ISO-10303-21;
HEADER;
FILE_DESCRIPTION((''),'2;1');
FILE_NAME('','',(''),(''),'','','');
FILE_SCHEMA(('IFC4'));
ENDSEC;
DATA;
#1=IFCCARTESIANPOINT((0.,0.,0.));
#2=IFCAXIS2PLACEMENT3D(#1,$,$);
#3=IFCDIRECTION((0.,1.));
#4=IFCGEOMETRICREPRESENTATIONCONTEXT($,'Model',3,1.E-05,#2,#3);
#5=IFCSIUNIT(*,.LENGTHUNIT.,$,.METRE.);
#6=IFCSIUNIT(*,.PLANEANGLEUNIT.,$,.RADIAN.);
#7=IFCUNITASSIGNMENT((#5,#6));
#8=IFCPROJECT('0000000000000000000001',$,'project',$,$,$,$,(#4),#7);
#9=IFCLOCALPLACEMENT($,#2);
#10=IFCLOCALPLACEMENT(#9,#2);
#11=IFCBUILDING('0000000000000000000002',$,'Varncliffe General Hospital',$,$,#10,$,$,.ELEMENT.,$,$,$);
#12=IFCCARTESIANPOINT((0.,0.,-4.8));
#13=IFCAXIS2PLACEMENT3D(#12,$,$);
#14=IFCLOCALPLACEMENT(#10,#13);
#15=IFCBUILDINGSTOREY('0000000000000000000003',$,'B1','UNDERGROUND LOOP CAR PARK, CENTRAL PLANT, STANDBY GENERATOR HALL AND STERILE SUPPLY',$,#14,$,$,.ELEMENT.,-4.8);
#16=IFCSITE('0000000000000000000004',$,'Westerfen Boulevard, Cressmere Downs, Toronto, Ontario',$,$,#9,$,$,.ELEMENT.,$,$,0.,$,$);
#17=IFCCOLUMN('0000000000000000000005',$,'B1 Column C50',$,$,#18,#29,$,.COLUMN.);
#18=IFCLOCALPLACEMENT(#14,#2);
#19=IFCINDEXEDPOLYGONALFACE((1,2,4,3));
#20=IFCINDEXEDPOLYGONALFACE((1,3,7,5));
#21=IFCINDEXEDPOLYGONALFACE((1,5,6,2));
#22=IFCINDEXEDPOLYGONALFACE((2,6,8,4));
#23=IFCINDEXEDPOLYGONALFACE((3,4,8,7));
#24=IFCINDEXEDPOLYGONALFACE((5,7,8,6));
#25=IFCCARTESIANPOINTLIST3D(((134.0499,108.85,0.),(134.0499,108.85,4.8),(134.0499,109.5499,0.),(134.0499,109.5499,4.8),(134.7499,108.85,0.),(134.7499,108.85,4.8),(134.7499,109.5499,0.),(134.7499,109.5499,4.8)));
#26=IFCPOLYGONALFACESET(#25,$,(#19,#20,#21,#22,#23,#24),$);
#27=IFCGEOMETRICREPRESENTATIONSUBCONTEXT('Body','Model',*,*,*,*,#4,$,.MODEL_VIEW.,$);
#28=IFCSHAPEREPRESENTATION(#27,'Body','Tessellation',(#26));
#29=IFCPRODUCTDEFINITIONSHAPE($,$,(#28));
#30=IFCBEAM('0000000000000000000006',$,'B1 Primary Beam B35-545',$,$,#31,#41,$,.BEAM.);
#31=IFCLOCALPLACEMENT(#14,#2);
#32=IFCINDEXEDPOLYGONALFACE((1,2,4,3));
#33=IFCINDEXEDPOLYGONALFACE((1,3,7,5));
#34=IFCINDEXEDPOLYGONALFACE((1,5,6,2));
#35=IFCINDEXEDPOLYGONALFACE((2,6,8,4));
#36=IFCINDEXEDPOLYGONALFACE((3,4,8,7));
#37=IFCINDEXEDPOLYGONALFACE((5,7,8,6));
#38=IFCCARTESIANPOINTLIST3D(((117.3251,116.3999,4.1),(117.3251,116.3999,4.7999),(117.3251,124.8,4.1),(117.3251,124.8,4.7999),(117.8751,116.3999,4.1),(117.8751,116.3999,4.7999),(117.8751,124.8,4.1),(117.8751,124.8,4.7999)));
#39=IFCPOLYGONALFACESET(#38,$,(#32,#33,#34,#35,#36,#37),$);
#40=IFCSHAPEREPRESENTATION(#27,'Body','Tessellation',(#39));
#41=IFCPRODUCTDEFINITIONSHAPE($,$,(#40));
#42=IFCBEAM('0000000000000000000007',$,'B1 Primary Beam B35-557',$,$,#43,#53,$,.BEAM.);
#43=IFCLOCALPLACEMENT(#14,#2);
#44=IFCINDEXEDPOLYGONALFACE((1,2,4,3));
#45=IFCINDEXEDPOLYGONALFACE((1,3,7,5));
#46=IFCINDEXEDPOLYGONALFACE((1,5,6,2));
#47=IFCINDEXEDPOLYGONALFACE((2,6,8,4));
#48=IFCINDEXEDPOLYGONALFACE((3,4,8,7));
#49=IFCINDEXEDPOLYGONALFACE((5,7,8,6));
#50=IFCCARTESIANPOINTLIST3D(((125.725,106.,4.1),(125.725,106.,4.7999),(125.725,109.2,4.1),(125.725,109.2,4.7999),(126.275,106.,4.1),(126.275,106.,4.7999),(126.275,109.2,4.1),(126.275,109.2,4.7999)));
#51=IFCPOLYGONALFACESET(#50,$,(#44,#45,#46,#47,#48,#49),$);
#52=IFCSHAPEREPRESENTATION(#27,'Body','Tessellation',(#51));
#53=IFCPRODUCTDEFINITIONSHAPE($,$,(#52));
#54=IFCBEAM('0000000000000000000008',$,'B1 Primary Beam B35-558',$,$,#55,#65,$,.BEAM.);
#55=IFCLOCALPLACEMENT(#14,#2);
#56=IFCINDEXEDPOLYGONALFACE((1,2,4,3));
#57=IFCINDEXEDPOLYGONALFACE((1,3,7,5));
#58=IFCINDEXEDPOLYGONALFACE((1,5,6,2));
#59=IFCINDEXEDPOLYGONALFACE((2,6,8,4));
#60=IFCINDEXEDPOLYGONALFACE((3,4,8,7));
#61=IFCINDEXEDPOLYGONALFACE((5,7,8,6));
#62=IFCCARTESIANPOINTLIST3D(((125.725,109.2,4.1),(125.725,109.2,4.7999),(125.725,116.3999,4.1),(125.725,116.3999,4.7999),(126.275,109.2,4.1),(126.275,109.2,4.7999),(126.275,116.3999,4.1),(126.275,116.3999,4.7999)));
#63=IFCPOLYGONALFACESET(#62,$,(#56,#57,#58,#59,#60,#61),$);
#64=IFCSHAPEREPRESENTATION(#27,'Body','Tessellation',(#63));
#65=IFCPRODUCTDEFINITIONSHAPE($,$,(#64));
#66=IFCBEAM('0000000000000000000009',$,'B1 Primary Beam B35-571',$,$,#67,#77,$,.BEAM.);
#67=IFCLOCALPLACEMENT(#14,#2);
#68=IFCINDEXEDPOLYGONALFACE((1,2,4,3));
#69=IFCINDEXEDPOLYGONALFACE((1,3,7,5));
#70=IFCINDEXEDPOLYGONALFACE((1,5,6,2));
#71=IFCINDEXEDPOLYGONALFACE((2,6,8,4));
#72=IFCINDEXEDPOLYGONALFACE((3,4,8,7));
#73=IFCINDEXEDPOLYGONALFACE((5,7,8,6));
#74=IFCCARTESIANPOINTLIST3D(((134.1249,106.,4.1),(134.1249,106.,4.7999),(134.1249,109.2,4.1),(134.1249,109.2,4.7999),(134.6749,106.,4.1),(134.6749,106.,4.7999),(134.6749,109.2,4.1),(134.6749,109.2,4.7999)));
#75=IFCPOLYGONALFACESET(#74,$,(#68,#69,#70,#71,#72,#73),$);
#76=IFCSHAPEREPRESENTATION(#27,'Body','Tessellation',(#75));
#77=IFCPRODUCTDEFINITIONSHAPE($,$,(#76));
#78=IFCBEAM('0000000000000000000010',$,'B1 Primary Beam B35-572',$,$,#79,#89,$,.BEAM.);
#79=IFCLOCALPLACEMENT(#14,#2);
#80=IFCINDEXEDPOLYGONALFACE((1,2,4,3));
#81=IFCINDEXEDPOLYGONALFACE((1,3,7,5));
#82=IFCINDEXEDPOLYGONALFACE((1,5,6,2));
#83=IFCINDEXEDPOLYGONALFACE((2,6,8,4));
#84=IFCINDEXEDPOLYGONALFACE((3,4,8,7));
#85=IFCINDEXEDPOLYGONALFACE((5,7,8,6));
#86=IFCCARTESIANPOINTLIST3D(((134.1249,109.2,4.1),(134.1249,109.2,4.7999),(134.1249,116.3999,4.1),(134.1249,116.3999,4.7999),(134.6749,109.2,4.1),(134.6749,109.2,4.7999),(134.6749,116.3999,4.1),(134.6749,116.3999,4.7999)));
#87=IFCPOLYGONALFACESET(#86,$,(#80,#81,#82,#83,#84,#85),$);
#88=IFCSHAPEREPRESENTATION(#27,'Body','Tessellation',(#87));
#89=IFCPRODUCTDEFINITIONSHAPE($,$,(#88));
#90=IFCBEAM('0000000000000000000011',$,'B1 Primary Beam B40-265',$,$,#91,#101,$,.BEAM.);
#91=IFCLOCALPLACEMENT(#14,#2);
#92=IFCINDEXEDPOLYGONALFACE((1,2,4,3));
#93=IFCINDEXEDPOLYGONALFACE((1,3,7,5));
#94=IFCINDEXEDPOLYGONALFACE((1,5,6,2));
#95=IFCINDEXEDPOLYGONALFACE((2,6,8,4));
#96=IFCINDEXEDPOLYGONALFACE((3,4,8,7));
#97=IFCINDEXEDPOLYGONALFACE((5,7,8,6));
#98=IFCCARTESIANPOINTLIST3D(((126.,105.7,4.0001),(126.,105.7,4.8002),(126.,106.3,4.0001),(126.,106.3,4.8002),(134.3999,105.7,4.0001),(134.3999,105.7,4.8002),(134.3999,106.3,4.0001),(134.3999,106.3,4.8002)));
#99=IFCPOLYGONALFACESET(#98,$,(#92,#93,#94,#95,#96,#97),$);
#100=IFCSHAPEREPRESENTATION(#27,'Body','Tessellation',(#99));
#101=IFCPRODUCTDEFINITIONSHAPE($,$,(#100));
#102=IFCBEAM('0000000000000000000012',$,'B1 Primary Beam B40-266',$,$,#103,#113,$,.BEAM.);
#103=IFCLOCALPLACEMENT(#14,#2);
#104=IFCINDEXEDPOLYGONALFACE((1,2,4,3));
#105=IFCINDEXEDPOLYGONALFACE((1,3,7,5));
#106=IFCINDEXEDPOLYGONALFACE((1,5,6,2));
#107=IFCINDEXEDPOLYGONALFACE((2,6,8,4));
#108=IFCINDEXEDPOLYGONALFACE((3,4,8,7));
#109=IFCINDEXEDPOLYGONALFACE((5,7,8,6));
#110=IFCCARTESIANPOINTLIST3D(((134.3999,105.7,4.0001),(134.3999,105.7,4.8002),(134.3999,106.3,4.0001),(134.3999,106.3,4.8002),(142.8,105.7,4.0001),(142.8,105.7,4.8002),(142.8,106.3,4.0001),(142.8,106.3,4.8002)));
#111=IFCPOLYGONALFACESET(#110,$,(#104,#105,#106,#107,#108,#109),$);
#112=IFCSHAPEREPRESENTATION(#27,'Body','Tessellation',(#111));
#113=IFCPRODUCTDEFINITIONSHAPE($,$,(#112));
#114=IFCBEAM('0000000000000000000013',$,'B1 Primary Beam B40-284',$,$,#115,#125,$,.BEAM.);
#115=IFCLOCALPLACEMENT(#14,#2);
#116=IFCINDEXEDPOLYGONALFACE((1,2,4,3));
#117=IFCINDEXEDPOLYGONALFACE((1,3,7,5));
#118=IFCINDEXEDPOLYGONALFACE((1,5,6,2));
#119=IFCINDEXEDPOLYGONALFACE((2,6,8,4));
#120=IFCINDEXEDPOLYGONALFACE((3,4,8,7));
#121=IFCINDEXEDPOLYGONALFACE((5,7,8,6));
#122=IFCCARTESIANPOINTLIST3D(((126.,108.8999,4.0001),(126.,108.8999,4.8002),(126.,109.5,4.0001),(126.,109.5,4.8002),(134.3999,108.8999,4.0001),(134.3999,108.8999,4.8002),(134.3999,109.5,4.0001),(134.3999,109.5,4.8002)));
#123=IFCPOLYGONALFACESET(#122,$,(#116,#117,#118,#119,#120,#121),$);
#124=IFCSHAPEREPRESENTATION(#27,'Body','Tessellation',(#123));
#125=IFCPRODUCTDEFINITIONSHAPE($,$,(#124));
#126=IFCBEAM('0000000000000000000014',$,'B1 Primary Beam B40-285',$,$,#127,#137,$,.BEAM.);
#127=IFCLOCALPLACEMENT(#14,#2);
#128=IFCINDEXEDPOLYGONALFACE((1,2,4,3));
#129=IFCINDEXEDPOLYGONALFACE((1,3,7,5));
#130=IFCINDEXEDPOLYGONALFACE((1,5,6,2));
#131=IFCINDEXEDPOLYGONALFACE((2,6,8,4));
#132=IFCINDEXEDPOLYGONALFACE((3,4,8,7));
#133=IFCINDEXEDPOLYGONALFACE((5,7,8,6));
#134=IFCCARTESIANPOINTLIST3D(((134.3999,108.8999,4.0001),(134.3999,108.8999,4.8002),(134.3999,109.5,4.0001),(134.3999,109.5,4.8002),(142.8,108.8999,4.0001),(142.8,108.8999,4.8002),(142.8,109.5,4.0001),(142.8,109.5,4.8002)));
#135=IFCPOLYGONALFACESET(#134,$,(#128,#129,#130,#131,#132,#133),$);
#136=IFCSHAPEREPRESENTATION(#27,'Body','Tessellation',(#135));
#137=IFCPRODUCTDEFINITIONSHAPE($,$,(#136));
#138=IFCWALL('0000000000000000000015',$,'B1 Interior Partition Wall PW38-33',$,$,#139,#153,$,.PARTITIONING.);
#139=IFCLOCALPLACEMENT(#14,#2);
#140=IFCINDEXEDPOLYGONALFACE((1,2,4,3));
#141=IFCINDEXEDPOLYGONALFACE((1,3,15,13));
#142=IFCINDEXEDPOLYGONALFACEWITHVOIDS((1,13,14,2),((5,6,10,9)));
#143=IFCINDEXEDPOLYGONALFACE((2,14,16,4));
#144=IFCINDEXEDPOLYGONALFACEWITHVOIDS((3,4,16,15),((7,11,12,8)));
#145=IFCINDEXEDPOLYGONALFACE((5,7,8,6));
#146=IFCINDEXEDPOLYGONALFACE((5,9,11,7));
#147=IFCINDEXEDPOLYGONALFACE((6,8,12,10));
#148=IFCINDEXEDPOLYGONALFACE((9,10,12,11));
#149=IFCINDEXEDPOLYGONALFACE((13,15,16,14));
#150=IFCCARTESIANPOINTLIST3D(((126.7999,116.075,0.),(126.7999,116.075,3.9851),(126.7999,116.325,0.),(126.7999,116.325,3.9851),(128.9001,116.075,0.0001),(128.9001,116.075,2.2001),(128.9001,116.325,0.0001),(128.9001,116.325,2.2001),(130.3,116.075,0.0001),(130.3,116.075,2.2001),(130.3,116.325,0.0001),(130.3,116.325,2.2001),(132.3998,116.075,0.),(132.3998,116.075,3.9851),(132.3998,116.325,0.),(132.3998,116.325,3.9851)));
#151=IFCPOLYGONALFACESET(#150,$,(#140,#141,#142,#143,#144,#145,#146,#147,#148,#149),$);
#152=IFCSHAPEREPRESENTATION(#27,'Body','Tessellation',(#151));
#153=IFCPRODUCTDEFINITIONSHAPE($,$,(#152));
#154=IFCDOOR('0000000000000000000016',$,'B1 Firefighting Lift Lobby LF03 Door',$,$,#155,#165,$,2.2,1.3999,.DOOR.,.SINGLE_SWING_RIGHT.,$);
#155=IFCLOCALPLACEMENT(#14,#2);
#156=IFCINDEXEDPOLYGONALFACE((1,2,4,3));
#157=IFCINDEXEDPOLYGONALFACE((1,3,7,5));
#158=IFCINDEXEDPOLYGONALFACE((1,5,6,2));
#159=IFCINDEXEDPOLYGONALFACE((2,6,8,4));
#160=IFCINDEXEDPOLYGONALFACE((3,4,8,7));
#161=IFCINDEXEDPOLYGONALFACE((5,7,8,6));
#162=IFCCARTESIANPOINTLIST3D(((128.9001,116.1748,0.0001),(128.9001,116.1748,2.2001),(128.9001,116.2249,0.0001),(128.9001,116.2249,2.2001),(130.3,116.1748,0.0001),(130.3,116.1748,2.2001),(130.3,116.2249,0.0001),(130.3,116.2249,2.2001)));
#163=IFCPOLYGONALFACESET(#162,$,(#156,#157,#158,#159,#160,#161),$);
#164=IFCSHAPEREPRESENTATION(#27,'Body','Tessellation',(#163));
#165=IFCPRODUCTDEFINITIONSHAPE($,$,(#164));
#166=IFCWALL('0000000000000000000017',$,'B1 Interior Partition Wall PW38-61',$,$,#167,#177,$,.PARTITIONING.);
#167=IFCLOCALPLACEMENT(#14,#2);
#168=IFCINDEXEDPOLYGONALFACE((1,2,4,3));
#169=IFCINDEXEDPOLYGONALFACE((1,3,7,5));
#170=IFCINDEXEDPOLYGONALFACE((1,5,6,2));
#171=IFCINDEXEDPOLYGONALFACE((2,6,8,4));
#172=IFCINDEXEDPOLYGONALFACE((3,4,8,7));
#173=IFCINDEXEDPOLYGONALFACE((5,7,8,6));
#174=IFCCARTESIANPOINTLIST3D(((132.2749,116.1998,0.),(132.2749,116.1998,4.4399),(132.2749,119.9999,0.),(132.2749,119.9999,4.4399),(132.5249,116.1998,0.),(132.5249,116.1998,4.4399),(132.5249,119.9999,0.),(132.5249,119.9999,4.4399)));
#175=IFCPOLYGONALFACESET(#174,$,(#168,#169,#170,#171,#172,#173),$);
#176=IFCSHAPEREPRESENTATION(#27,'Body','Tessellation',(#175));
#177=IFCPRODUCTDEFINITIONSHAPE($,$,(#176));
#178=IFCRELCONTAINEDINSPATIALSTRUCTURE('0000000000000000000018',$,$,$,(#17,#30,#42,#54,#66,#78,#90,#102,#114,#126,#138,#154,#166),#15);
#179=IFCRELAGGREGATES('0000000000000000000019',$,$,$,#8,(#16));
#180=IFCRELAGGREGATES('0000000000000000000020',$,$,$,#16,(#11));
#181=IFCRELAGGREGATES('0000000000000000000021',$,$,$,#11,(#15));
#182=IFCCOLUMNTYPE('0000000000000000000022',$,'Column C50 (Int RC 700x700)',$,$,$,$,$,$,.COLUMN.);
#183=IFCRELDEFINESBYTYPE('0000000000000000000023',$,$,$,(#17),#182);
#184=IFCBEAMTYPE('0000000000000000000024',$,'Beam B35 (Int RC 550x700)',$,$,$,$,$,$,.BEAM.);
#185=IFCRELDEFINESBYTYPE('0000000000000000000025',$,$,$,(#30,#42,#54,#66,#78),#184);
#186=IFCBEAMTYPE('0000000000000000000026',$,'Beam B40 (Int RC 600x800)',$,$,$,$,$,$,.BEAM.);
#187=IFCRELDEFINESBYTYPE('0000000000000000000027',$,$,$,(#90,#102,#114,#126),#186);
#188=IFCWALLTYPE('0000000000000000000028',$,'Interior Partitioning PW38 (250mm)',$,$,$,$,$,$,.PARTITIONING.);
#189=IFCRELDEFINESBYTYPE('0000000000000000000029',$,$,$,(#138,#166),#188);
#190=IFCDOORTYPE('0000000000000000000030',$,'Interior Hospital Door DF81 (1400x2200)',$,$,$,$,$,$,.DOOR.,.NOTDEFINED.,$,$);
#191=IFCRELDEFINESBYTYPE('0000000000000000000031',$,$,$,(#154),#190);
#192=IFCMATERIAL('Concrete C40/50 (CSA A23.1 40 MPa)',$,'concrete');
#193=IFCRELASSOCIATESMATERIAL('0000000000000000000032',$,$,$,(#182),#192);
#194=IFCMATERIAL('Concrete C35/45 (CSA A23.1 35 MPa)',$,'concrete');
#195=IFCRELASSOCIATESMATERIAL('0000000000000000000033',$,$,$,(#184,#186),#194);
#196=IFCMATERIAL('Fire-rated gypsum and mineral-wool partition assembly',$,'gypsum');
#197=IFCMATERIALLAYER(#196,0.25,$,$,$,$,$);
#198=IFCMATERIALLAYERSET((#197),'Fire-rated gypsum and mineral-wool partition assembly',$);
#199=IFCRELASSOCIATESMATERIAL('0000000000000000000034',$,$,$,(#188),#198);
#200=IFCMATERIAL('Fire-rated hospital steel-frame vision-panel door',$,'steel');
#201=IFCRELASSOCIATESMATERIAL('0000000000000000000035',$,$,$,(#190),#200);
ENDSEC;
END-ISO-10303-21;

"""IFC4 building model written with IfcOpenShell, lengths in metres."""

from ifc_helpers import new_model, si_unit, direction, frame, frame_2d, origin, origin_2d, place, context, subcontext, project, spatial, rectangle, extrude, material, layer, layer_set, material_profile, profile_set, type_object, element, fill, save


model = new_model("IFC4")

# Units and contexts
model_context = context("Model", 3, precision=1e-05, world=origin(), true_north=direction((0.0, 1.0)))
body_context = subcontext(model_context, "Body", "Model", "MODEL_VIEW")
ifc_project = project(units=[si_unit("LENGTHUNIT", "METRE"), si_unit("PLANEANGLEUNIT", "RADIAN")], contexts=[model_context])

# Site, building, storey
site_placement = place(None, origin())
site = spatial("IfcSite", under=ifc_project, at=site_placement, Name="Westerfen Boulevard, Cressmere Downs, Toronto, Ontario", CompositionType="ELEMENT", RefElevation=0.0)
building_placement = place(site_placement, origin())
building = spatial("IfcBuilding", under=site, at=building_placement, Name="Varncliffe General Hospital", CompositionType="ELEMENT")
storey_placement = place(building_placement, frame((0.0, 0.0, -4.8)))
storey = spatial("IfcBuildingStorey", under=building, at=storey_placement, Name="B1", Description="UNDERGROUND LOOP CAR PARK, CENTRAL PLANT, STANDBY GENERATOR HALL AND STERILE SUPPLY", CompositionType="ELEMENT", Elevation=-4.8)

# Shared definitions
ifc_material_1 = material(Name="Concrete C40/50 (CSA A23.1 40 MPa)", Category="concrete")

# Column
ifc_material_profile_1 = material_profile(ifc_material_1, rectangle(XDim=0.7, YDim=0.7, at=origin_2d()), Name="RC 700x700")
ifc_profile_set_1 = profile_set([ifc_material_profile_1], Name="Concrete C40/50 (CSA A23.1 40 MPa)")
column_type = type_object("IfcColumnType", Name="Column C50 (Int RC 700x700)", PredefinedType="COLUMN", material=ifc_profile_set_1)
for number, where, z_axis, x_axis, name in (
    (1, (134.3999, 109.2, 0.0), (0.0, 0.0, 1.0), (1.0, 0.0, 0.0), "B1 Column C50"),
):
    element("IfcColumn", number, at=place(storey_placement, frame(where, z_axis=z_axis, x_axis=x_axis)), inside=storey, type_object=column_type, Name=name, PredefinedType="COLUMN", context=body_context, shape_type="SweptSolid", body=[
        extrude(rectangle(XDim=0.7, YDim=0.7, at=origin_2d()), origin(), (0.0, 0.0, 1.0), 4.8),
    ])

# Beams
ifc_material_2 = material(Name="Concrete C35/45 (CSA A23.1 35 MPa)", Category="concrete")
ifc_material_profile_2 = material_profile(ifc_material_2, rectangle(XDim=0.55, YDim=0.7, at=origin_2d()), Name="RC 550x700")
ifc_profile_set_2 = profile_set([ifc_material_profile_2], Name="Concrete C35/45 (CSA A23.1 35 MPa)")
beam_type_1 = type_object("IfcBeamType", Name="Beam B35 (Int RC 550x700)", PredefinedType="BEAM", material=ifc_profile_set_2)
beam_1_placement = place(storey_placement, frame((117.6001, 116.3999, 4.45), z_axis=(0.0, 1.0, 0.0), x_axis=(-1.0, 0.0, 0.0)))
element("IfcBeam", 2, at=beam_1_placement, inside=storey, type_object=beam_type_1, Name="B1 Primary Beam B35-545", PredefinedType="BEAM", context=body_context, shape_type="SweptSolid", body=[
    extrude(rectangle(XDim=0.55, YDim=0.7, at=origin_2d()), origin(), (0.0, 0.0, 1.0), 8.4001),
])
beam_2_placement = place(storey_placement, frame((126.0, 106.0, 4.45), z_axis=(0.0, 1.0, 0.0), x_axis=(-1.0, 0.0, 0.0)))
element("IfcBeam", 3, at=beam_2_placement, inside=storey, type_object=beam_type_1, Name="B1 Primary Beam B35-557", PredefinedType="BEAM", context=body_context, shape_type="SweptSolid", body=[
    extrude(rectangle(XDim=0.55, YDim=0.7, at=origin_2d()), origin(), (0.0, 0.0, 1.0), 3.2),
])
beam_3_placement = place(storey_placement, frame((126.0, 109.2, 4.45), z_axis=(0.0, 1.0, 0.0), x_axis=(-1.0, 0.0, 0.0)))
element("IfcBeam", 4, at=beam_3_placement, inside=storey, type_object=beam_type_1, Name="B1 Primary Beam B35-558", PredefinedType="BEAM", context=body_context, shape_type="SweptSolid", body=[
    extrude(rectangle(XDim=0.55, YDim=0.7, at=origin_2d()), origin(), (0.0, 0.0, 1.0), 7.2),
])
beam_4_placement = place(storey_placement, frame((134.3999, 106.0, 4.45), z_axis=(0.0, 1.0, 0.0), x_axis=(-1.0, 0.0, 0.0)))
element("IfcBeam", 5, at=beam_4_placement, inside=storey, type_object=beam_type_1, Name="B1 Primary Beam B35-571", PredefinedType="BEAM", context=body_context, shape_type="SweptSolid", body=[
    extrude(rectangle(XDim=0.55, YDim=0.7, at=origin_2d()), origin(), (0.0, 0.0, 1.0), 3.2),
])
beam_5_placement = place(storey_placement, frame((134.3999, 109.2, 4.45), z_axis=(0.0, 1.0, 0.0), x_axis=(-1.0, 0.0, 0.0)))
element("IfcBeam", 6, at=beam_5_placement, inside=storey, type_object=beam_type_1, Name="B1 Primary Beam B35-572", PredefinedType="BEAM", context=body_context, shape_type="SweptSolid", body=[
    extrude(rectangle(XDim=0.55, YDim=0.7, at=origin_2d()), origin(), (0.0, 0.0, 1.0), 7.2),
])
ifc_material_profile_3 = material_profile(ifc_material_2, rectangle(XDim=0.6001, YDim=0.8, at=origin_2d()), Name="RC 600x800")
ifc_profile_set_3 = profile_set([ifc_material_profile_3], Name="Concrete C35/45 (CSA A23.1 35 MPa)")
beam_type_2 = type_object("IfcBeamType", Name="Beam B40 (Int RC 600x800)", PredefinedType="BEAM", material=ifc_profile_set_3)
beam_6_placement = place(storey_placement, frame((126.0, 106.0, 4.4001), z_axis=(1.0, 0.0, 0.0), x_axis=(0.0, 1.0, 0.0)))
element("IfcBeam", 7, at=beam_6_placement, inside=storey, type_object=beam_type_2, Name="B1 Primary Beam B40-265", PredefinedType="BEAM", context=body_context, shape_type="SweptSolid", body=[
    extrude(rectangle(XDim=0.6001, YDim=0.8, at=origin_2d()), origin(), (0.0, 0.0, 1.0), 8.3999),
])
beam_7_placement = place(storey_placement, frame((134.3999, 106.0, 4.4001), z_axis=(1.0, 0.0, 0.0), x_axis=(0.0, 1.0, 0.0)))
element("IfcBeam", 8, at=beam_7_placement, inside=storey, type_object=beam_type_2, Name="B1 Primary Beam B40-266", PredefinedType="BEAM", context=body_context, shape_type="SweptSolid", body=[
    extrude(rectangle(XDim=0.6001, YDim=0.8, at=origin_2d()), origin(), (0.0, 0.0, 1.0), 8.4001),
])
beam_8_placement = place(storey_placement, frame((126.0, 109.2, 4.4001), z_axis=(1.0, 0.0, 0.0), x_axis=(0.0, 1.0, 0.0)))
element("IfcBeam", 9, at=beam_8_placement, inside=storey, type_object=beam_type_2, Name="B1 Primary Beam B40-284", PredefinedType="BEAM", context=body_context, shape_type="SweptSolid", body=[
    extrude(rectangle(XDim=0.6001, YDim=0.8, at=origin_2d()), origin(), (0.0, 0.0, 1.0), 8.3999),
])
beam_9_placement = place(storey_placement, frame((134.3999, 109.2, 4.4001), z_axis=(1.0, 0.0, 0.0), x_axis=(0.0, 1.0, 0.0)))
element("IfcBeam", 10, at=beam_9_placement, inside=storey, type_object=beam_type_2, Name="B1 Primary Beam B40-285", PredefinedType="BEAM", context=body_context, shape_type="SweptSolid", body=[
    extrude(rectangle(XDim=0.6001, YDim=0.8, at=origin_2d()), origin(), (0.0, 0.0, 1.0), 8.4001),
])

# Wall, opening, door
ifc_material_3 = material(Name="Fire-rated gypsum and mineral-wool partition assembly", Category="gypsum")
ifc_layer_1 = layer(ifc_material_3, 0.25)
ifc_layer_set_1 = layer_set([ifc_layer_1], Name="Fire-rated gypsum and mineral-wool partition assembly")
wall_type_1 = type_object("IfcWallType", Name="Interior Partitioning PW38 (250mm)", PredefinedType="PARTITIONING", material=ifc_layer_set_1)
wall_1_placement = place(storey_placement, frame((126.8, 116.2, 0.0), z_axis=(0.0, 0.0, 1.0), x_axis=(1.0, 0.0, 0.0)))
wall_1 = element("IfcWall", 11, at=wall_1_placement, inside=storey, type_object=wall_type_1, Name="B1 Interior Partition Wall PW38-33", PredefinedType="PARTITIONING", context=body_context, shape_type="SweptSolid", body=[
    extrude(rectangle(XDim=5.5999, YDim=0.25, at=frame_2d((2.7998, 0.0))), origin(), (0.0, 0.0, 1.0), 3.9851),
])
opening_1_placement = place(wall_1_placement, frame((2.1001, 0.0, 0.0)))
opening_1 = element("IfcOpeningElement", 12, at=opening_1_placement, cuts=wall_1, PredefinedType="OPENING", context=body_context, shape_type="SweptSolid", body=[
    extrude(rectangle(XDim=1.3999, YDim=2.2, at=frame_2d((0.7, 1.1001))), frame((0.0, 0.135, 0.0), z_axis=(0.0, -1.0, 0.0), x_axis=(1.0, 0.0, 0.0)), (0.0, 0.0, 1.0), 0.27),
])
ifc_material_4 = material(Name="Fire-rated hospital steel-frame vision-panel door", Category="steel")
door_type_1 = type_object("IfcDoorType", Name="Interior Hospital Door DF81 (1400x2200)", OperationType="NOTDEFINED", PredefinedType="DOOR", material=ifc_material_4)
door_1_placement = place(opening_1_placement, origin())
door_1 = element("IfcDoor", 13, at=door_1_placement, inside=storey, type_object=door_type_1, Name="B1 Firefighting Lift Lobby LF03 Door", OperationType="SINGLE_SWING_RIGHT", OverallHeight=2.2, OverallWidth=1.3999, PredefinedType="DOOR", context=body_context, shape_type="SweptSolid", body=[
    extrude(rectangle(XDim=1.3999, YDim=2.2, at=frame_2d((0.7, 1.1001))), frame((0.0, 0.0249, 0.0), z_axis=(0.0, -1.0, 0.0), x_axis=(1.0, 0.0, 0.0)), (0.0, 0.0, 1.0), 0.05),
])
fill(opening_1, door_1)

# Wall
wall_2_placement = place(storey_placement, frame((132.3999, 116.2, 0.0), z_axis=(0.0, 0.0, 1.0), x_axis=(0.0, 1.0, 0.0)))
element("IfcWall", 14, at=wall_2_placement, inside=storey, type_object=wall_type_1, Name="B1 Interior Partition Wall PW38-61", PredefinedType="PARTITIONING", context=body_context, shape_type="SweptSolid", body=[
    extrude(rectangle(XDim=3.8, YDim=0.25, at=frame_2d((1.8999, 0.0))), origin(), (0.0, 0.0, 1.0), 4.4399),
])

save(model, "model.ifc")
